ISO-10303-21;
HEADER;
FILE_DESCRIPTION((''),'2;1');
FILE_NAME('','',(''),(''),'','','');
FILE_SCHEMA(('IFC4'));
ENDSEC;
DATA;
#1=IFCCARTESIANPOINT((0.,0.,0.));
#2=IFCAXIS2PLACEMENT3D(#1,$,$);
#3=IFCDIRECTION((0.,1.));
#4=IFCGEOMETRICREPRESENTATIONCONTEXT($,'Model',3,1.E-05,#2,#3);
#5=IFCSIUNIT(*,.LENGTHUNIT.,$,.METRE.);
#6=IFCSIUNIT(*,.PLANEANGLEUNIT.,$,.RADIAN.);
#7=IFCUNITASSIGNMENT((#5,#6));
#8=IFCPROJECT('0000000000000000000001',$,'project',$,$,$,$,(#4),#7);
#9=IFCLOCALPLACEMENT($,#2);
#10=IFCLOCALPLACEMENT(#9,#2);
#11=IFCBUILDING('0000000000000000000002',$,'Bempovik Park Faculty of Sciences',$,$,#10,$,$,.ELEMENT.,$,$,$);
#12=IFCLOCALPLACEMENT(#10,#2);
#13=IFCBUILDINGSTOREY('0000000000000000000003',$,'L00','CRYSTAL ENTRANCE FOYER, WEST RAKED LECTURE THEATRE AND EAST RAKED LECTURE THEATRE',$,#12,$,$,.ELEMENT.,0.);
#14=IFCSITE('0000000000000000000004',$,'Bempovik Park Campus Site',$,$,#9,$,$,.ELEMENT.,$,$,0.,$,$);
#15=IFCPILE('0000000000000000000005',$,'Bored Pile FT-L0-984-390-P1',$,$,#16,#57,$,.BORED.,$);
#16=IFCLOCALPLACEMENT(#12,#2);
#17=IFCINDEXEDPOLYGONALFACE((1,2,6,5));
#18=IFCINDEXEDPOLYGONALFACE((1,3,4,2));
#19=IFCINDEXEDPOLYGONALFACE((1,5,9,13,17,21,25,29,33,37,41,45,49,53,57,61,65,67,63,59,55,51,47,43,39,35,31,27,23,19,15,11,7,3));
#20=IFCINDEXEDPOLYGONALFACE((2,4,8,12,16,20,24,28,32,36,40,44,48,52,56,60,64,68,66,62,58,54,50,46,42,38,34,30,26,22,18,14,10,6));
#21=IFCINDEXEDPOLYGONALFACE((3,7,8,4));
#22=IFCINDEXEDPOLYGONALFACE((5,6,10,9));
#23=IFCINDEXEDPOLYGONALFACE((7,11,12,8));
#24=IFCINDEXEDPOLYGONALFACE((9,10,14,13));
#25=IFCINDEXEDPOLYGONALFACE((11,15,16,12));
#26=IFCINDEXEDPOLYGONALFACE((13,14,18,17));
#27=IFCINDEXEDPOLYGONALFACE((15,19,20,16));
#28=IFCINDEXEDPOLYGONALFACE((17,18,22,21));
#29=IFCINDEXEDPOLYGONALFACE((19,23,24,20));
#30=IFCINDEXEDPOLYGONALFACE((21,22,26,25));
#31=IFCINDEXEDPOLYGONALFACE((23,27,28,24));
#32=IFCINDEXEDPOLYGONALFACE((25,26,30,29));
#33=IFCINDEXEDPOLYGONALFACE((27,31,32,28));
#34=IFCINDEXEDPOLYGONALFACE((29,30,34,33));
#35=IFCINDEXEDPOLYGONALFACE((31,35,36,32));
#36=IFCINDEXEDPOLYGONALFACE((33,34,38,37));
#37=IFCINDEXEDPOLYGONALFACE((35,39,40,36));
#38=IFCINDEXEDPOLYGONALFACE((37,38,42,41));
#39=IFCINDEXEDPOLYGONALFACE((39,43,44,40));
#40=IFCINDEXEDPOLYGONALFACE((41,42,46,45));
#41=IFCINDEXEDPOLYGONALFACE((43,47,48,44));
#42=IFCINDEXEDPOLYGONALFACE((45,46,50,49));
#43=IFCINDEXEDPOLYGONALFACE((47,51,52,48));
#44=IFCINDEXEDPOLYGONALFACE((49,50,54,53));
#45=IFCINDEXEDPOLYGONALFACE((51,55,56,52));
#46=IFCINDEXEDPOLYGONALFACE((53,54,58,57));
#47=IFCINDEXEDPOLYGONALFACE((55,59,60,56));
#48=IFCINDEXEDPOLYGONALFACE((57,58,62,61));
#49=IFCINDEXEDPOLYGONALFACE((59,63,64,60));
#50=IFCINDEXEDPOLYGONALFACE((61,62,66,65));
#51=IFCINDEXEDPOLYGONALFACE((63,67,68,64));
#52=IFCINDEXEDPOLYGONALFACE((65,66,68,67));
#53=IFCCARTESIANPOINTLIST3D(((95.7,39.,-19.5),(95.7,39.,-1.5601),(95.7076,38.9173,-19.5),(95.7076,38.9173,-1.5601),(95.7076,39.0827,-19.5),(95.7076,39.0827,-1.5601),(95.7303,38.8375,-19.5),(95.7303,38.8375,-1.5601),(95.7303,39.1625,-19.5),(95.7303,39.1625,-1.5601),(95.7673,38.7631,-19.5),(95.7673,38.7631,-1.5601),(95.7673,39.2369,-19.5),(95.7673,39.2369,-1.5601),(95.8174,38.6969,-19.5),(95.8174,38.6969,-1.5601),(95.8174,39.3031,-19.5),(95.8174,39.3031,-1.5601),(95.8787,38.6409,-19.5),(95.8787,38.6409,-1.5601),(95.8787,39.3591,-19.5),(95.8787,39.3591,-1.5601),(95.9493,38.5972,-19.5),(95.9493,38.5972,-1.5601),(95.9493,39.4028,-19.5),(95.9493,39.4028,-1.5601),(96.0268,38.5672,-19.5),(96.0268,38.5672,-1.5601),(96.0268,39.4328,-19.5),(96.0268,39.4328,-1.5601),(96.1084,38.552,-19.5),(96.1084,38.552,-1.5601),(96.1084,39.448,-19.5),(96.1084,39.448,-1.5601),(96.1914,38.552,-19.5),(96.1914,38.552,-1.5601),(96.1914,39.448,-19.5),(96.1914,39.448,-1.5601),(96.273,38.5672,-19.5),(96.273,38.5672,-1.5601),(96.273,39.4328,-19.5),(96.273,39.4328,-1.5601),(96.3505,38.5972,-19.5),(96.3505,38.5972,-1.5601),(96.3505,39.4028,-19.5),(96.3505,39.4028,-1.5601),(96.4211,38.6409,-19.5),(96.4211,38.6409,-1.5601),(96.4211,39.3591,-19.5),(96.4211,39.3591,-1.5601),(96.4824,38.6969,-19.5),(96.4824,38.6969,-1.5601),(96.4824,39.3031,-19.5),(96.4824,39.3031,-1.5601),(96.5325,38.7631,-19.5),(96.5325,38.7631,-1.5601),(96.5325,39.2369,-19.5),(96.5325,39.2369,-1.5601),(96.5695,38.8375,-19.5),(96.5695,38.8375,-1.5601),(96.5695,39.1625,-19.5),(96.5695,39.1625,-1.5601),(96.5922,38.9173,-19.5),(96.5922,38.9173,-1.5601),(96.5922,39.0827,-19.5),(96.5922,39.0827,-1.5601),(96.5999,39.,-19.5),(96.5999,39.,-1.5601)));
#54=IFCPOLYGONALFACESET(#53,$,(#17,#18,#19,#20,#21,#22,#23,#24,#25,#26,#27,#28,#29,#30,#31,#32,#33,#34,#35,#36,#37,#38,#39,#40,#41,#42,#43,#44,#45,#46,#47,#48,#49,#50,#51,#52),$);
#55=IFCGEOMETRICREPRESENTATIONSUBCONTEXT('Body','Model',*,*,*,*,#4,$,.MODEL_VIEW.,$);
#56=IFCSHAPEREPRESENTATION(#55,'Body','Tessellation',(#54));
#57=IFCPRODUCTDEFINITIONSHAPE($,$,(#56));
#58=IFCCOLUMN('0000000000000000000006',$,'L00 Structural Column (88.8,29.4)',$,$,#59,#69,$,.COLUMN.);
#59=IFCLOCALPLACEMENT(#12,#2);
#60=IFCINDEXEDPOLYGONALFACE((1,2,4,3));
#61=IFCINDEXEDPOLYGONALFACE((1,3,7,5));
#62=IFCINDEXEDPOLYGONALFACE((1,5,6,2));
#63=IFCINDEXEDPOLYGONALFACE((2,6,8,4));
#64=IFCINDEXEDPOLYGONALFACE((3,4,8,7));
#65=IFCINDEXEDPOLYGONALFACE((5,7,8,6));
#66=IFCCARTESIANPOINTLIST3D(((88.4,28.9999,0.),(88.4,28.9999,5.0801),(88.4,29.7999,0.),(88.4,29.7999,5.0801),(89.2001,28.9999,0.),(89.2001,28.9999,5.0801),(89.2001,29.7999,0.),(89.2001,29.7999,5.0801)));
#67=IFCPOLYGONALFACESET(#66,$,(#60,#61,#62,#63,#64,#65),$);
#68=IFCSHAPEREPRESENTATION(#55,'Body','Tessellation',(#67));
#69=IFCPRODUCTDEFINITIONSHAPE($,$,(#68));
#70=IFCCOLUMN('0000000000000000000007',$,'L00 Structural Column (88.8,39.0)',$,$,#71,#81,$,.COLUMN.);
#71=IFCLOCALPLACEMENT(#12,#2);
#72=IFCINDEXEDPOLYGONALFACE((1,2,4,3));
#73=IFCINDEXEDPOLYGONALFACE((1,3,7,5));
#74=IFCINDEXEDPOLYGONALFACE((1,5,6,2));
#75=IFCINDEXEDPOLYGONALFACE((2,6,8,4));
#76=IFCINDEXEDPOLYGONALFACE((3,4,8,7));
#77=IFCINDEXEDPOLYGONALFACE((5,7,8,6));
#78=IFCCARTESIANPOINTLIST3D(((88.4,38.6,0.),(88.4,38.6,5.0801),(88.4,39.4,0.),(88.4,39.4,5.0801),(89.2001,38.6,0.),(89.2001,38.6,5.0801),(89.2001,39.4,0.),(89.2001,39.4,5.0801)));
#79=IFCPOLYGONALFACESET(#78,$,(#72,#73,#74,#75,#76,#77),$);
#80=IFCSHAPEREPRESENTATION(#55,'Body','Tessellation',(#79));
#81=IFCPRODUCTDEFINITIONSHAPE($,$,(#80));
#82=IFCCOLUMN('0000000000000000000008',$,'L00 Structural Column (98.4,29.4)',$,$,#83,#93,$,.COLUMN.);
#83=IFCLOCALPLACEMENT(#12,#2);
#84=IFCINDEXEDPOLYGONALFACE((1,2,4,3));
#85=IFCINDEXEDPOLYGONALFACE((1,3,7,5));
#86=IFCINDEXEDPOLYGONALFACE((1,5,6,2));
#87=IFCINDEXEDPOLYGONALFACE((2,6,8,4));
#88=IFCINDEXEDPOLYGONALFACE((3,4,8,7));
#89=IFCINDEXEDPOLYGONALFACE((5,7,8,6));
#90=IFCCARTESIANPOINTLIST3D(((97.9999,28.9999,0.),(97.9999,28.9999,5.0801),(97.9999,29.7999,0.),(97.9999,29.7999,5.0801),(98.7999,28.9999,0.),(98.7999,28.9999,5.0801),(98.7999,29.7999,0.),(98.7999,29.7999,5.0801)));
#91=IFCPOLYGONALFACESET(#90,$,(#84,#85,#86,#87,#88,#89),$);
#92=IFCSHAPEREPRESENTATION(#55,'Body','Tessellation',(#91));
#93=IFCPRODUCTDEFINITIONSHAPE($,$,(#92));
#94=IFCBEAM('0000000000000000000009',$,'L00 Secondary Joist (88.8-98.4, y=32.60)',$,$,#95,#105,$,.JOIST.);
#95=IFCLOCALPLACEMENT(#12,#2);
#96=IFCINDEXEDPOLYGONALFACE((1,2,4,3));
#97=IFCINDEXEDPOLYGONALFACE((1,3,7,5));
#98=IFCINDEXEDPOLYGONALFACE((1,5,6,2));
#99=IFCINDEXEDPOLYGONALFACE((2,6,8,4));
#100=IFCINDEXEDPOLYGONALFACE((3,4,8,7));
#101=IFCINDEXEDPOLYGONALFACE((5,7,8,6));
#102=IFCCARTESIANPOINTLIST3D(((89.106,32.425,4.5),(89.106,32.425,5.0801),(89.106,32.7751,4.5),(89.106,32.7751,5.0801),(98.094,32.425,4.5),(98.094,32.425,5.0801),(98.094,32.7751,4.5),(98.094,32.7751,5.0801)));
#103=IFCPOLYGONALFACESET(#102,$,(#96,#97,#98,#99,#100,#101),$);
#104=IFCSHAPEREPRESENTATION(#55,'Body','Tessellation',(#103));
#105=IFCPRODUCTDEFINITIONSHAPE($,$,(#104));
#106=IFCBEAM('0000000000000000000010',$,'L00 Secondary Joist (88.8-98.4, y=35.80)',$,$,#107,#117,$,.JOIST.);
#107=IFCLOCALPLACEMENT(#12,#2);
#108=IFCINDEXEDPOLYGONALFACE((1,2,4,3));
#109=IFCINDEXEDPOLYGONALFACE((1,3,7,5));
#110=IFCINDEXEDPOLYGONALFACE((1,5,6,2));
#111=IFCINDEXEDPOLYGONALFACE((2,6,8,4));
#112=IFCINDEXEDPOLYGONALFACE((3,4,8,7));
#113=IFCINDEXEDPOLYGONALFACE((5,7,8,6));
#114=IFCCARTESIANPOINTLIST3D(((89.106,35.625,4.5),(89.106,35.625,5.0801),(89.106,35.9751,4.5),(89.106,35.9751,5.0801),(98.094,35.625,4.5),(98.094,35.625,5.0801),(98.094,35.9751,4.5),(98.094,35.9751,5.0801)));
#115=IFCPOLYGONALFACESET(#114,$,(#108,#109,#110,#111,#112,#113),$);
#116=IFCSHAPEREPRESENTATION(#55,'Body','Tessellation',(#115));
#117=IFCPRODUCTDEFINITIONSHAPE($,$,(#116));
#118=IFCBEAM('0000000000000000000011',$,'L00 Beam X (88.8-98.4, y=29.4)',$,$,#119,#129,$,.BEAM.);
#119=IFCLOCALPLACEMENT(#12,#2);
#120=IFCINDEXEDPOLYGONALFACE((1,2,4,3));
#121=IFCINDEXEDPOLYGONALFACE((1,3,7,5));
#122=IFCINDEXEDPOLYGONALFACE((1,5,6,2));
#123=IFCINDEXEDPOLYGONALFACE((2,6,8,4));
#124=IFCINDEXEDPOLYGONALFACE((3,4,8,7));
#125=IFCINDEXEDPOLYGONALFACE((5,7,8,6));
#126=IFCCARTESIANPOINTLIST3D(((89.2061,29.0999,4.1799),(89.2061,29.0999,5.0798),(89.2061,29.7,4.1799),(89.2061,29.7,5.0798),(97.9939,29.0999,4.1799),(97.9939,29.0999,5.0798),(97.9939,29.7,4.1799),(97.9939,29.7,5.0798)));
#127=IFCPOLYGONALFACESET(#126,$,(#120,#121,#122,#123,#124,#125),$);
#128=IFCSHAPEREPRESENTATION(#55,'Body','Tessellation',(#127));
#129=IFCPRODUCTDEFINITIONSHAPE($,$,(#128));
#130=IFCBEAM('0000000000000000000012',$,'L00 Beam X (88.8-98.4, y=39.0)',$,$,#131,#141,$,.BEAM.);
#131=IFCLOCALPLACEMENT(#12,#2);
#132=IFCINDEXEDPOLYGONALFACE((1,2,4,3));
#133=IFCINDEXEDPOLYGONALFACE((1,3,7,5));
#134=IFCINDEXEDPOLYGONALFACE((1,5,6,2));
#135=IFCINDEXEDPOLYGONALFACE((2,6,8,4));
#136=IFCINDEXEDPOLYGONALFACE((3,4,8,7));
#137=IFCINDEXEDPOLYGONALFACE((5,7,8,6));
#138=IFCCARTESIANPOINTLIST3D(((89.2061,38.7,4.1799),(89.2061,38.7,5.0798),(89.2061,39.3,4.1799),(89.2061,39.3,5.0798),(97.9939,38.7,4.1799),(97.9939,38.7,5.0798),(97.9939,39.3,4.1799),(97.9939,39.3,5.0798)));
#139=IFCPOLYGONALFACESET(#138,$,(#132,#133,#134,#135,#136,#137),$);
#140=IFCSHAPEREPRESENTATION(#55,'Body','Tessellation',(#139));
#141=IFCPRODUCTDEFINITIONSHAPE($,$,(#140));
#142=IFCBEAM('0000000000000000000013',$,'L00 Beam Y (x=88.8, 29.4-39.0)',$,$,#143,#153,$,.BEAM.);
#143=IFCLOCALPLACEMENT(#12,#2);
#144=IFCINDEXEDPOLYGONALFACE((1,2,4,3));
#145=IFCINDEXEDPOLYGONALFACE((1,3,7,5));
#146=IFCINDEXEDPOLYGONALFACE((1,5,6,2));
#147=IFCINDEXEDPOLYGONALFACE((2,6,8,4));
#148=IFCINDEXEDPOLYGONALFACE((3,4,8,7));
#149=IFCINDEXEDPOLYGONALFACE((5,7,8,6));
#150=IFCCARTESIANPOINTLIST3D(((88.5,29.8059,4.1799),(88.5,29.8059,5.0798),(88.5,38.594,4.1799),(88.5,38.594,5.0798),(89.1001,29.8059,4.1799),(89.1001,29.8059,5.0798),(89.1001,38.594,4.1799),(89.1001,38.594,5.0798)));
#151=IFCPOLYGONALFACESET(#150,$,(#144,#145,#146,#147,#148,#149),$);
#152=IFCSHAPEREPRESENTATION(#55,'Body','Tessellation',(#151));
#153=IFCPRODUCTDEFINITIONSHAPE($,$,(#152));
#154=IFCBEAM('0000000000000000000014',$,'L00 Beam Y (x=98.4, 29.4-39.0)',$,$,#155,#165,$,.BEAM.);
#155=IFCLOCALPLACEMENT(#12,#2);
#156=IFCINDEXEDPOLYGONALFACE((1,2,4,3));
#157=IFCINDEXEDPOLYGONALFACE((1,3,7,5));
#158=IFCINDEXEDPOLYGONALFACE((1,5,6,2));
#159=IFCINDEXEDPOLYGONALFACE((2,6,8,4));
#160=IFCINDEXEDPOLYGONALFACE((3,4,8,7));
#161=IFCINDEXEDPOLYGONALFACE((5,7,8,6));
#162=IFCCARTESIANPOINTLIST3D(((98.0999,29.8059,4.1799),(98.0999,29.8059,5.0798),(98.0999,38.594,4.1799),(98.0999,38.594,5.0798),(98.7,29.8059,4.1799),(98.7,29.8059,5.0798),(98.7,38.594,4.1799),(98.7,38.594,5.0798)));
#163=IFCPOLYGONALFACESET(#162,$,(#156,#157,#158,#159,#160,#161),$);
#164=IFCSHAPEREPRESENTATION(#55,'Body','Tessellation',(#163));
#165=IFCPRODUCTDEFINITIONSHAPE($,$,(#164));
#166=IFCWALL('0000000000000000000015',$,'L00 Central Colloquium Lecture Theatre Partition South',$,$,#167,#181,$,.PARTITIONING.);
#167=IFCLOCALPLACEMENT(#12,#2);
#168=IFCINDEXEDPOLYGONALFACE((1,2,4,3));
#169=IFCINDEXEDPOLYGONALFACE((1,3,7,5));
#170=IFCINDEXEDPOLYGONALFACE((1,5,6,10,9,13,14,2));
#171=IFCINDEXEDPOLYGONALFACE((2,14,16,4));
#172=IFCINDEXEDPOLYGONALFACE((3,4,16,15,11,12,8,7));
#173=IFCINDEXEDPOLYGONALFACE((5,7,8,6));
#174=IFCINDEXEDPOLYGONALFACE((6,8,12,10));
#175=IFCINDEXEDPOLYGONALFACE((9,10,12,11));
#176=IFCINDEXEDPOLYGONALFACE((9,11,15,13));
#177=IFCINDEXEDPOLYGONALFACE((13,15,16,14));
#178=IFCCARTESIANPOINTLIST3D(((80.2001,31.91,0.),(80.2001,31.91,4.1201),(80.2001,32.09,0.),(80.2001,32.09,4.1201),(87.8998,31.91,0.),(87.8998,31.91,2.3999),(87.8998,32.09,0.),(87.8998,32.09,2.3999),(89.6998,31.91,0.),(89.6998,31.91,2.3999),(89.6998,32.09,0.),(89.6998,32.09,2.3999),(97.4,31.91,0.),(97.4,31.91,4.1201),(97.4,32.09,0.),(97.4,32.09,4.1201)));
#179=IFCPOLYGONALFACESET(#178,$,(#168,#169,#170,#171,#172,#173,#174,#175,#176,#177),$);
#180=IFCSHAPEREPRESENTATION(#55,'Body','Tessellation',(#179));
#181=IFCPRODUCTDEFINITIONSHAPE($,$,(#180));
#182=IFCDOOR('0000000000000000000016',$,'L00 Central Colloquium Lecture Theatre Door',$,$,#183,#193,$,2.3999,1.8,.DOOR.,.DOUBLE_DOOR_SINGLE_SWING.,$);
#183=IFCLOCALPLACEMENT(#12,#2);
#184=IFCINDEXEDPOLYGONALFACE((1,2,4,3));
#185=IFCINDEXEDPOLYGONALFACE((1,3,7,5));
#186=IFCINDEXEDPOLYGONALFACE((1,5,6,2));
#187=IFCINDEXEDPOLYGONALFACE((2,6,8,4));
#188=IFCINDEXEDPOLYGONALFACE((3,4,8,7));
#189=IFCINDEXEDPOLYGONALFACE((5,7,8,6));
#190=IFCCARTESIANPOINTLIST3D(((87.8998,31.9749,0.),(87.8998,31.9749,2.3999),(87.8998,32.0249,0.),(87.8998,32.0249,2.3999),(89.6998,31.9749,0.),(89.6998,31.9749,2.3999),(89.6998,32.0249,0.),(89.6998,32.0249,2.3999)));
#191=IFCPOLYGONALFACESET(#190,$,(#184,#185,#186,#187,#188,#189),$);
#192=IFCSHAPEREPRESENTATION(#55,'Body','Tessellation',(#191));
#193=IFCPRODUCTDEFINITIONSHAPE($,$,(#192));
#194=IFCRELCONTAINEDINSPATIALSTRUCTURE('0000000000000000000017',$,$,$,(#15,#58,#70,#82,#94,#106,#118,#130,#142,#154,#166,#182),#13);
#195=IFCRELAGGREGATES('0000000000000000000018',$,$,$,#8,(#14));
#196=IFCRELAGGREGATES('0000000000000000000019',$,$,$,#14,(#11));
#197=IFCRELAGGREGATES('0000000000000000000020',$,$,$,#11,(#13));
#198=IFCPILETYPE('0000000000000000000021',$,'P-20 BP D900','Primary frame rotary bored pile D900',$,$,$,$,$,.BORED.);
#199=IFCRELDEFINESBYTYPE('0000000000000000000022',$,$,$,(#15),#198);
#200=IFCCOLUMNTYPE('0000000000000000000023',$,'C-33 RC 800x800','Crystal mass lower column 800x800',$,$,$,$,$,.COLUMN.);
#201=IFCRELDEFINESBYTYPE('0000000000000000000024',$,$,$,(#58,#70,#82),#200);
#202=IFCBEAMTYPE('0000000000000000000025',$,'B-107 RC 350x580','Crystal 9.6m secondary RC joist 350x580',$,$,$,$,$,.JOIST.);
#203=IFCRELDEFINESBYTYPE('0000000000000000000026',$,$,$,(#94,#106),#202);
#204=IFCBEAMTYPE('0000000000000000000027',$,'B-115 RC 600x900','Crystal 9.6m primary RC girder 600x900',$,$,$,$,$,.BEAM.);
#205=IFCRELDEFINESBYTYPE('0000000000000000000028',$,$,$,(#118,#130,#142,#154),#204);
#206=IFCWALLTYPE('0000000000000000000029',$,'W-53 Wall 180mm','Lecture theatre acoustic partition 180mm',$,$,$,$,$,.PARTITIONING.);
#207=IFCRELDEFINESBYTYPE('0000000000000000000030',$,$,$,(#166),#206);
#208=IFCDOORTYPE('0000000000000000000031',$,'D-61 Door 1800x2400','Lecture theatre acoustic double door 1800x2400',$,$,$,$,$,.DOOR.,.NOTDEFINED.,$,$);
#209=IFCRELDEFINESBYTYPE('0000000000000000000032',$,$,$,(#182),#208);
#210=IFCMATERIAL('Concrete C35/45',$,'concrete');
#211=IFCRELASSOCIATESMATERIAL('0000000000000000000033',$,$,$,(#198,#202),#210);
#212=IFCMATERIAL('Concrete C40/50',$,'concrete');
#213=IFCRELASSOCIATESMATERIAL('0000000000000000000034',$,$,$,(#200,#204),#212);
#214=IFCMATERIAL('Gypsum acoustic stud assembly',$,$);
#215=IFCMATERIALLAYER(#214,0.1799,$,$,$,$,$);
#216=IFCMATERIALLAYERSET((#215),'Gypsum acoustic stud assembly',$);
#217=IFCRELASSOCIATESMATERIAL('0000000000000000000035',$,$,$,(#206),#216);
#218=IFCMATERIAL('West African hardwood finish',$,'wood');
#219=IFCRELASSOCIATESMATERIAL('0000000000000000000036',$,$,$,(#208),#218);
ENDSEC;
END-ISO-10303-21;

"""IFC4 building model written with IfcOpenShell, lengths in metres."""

from ifc_helpers import new_model, si_unit, direction, frame, frame_2d, origin, origin_2d, place, context, subcontext, project, spatial, rectangle, circle, extrude, material, layer, layer_set, material_profile, profile_set, type_object, element, fill, save


model = new_model("IFC4")

# Units and contexts
model_context = context("Model", 3, precision=1e-05, world=origin(), true_north=direction((0.0, 1.0)))
body_context = subcontext(model_context, "Body", "Model", "MODEL_VIEW")
ifc_project = project(units=[si_unit("LENGTHUNIT", "METRE"), si_unit("PLANEANGLEUNIT", "RADIAN")], contexts=[model_context])

# Site, building, storey
site_placement = place(None, origin())
site = spatial("IfcSite", under=ifc_project, at=site_placement, Name="Bempovik Park Campus Site", CompositionType="ELEMENT", RefElevation=0.0)
building_placement = place(site_placement, origin())
building = spatial("IfcBuilding", under=site, at=building_placement, Name="Bempovik Park Faculty of Sciences", CompositionType="ELEMENT")
storey_placement = place(building_placement, origin())
storey = spatial("IfcBuildingStorey", under=building, at=storey_placement, Name="L00", Description="CRYSTAL ENTRANCE FOYER, WEST RAKED LECTURE THEATRE AND EAST RAKED LECTURE THEATRE", CompositionType="ELEMENT", Elevation=0.0)

# Shared definitions
ifc_material_1 = material(Name="Concrete C35/45", Category="concrete")

# Pile
ifc_material_profile_1 = material_profile(ifc_material_1, circle(Radius=0.45, at=origin_2d()), Name="BP D900")
ifc_profile_set_1 = profile_set([ifc_material_profile_1], Name="Concrete C35/45")
pile_type = type_object("IfcPileType", Name="P-20 BP D900", Description="Primary frame rotary bored pile D900", PredefinedType="BORED", material=ifc_profile_set_1)
for number, where, z_axis, x_axis, name in (
    (1, (96.1499, 39.0, -1.5601), (0.0, 0.0, -1.0), (1.0, 0.0, 0.0), "Bored Pile FT-L0-984-390-P1"),
):
    element("IfcPile", number, at=place(storey_placement, frame(where, z_axis=z_axis, x_axis=x_axis)), inside=storey, type_object=pile_type, Name=name, PredefinedType="BORED", context=body_context, shape_type="SweptSolid", body=[
        extrude(circle(Radius=0.45, at=origin_2d()), origin(), (0.0, 0.0, 1.0), 17.9399),
    ])

# Columns
ifc_material_2 = material(Name="Concrete C40/50", Category="concrete")
ifc_material_profile_2 = material_profile(ifc_material_2, rectangle(XDim=0.8, YDim=0.8, at=origin_2d()), Name="RC 800x800")
ifc_profile_set_2 = profile_set([ifc_material_profile_2], Name="Concrete C40/50")
column_type = type_object("IfcColumnType", Name="C-33 RC 800x800", Description="Crystal mass lower column 800x800", PredefinedType="COLUMN", material=ifc_profile_set_2)
for number, where, z_axis, x_axis, name in (
    (2, (88.8, 29.3999, 0.0), (0.0, 0.0, 1.0), (1.0, 0.0, 0.0), "L00 Structural Column (88.8,29.4)"),
    (3, (88.8, 39.0, 0.0), (0.0, 0.0, 1.0), (1.0, 0.0, 0.0), "L00 Structural Column (88.8,39.0)"),
    (4, (98.3999, 29.3999, 0.0), (0.0, 0.0, 1.0), (1.0, 0.0, 0.0), "L00 Structural Column (98.4,29.4)"),
):
    element("IfcColumn", number, at=place(storey_placement, frame(where, z_axis=z_axis, x_axis=x_axis)), inside=storey, type_object=column_type, Name=name, PredefinedType="COLUMN", context=body_context, shape_type="SweptSolid", body=[
        extrude(rectangle(XDim=0.8, YDim=0.8, at=origin_2d()), origin(), (0.0, 0.0, 1.0), 5.0801),
    ])

# Beams
ifc_material_profile_3 = material_profile(ifc_material_1, rectangle(XDim=0.3501, YDim=0.5801, at=origin_2d()), Name="RC 350x580")
ifc_profile_set_3 = profile_set([ifc_material_profile_3], Name="Concrete C35/45")
beam_type_1 = type_object("IfcBeamType", Name="B-107 RC 350x580", Description="Crystal 9.6m secondary RC joist 350x580", PredefinedType="JOIST", material=ifc_profile_set_3)
for number, where, z_axis, x_axis, name in (
    (5, (89.106, 32.6001, 4.79), (1.0, 0.0, 0.0), (0.0, 1.0, 0.0), "L00 Secondary Joist (88.8-98.4, y=32.60)"),
    (6, (89.106, 35.8, 4.79), (1.0, 0.0, 0.0), (0.0, 1.0, 0.0), "L00 Secondary Joist (88.8-98.4, y=35.80)"),
):
    element("IfcBeam", number, at=place(storey_placement, frame(where, z_axis=z_axis, x_axis=x_axis)), inside=storey, type_object=beam_type_1, Name=name, PredefinedType="JOIST", context=body_context, shape_type="SweptSolid", body=[
        extrude(rectangle(XDim=0.3501, YDim=0.5801, at=origin_2d()), origin(), (0.0, 0.0, 1.0), 8.988),
    ])
ifc_material_profile_4 = material_profile(ifc_material_2, rectangle(XDim=0.6001, YDim=0.8999, at=origin_2d()), Name="RC 600x900")
ifc_profile_set_4 = profile_set([ifc_material_profile_4], Name="Concrete C40/50")
beam_type_2 = type_object("IfcBeamType", Name="B-115 RC 600x900", Description="Crystal 9.6m primary RC girder 600x900", PredefinedType="BEAM", material=ifc_profile_set_4)
for number, where, z_axis, x_axis, name in (
    (7, (89.2061, 29.3999, 4.6299), (1.0, 0.0, 0.0), (0.0, 1.0, 0.0), "L00 Beam X (88.8-98.4, y=29.4)"),
    (8, (89.2061, 39.0, 4.6299), (1.0, 0.0, 0.0), (0.0, 1.0, 0.0), "L00 Beam X (88.8-98.4, y=39.0)"),
):
    element("IfcBeam", number, at=place(storey_placement, frame(where, z_axis=z_axis, x_axis=x_axis)), inside=storey, type_object=beam_type_2, Name=name, PredefinedType="BEAM", context=body_context, shape_type="SweptSolid", body=[
        extrude(rectangle(XDim=0.6001, YDim=0.8999, at=origin_2d()), origin(), (0.0, 0.0, 1.0), 8.7878),
    ])
for number, where, z_axis, x_axis, name in (
    (9, (88.8, 29.8059, 4.6299), (0.0, 1.0, 0.0), (-1.0, 0.0, 0.0), "L00 Beam Y (x=88.8, 29.4-39.0)"),
    (10, (98.3999, 29.8059, 4.6299), (0.0, 1.0, 0.0), (-1.0, 0.0, 0.0), "L00 Beam Y (x=98.4, 29.4-39.0)"),
):
    element("IfcBeam", number, at=place(storey_placement, frame(where, z_axis=z_axis, x_axis=x_axis)), inside=storey, type_object=beam_type_2, Name=name, PredefinedType="BEAM", context=body_context, shape_type="SweptSolid", body=[
        extrude(rectangle(XDim=0.6001, YDim=0.8999, at=origin_2d()), origin(), (0.0, 0.0, 1.0), 8.7881),
    ])

# Wall, opening, door
ifc_material_3 = material(Name="Gypsum acoustic stud assembly")
ifc_layer = layer(ifc_material_3, 0.1799)
ifc_layer_set = layer_set([ifc_layer], Name="Gypsum acoustic stud assembly")
wall_type = type_object("IfcWallType", Name="W-53 Wall 180mm", Description="Lecture theatre acoustic partition 180mm", PredefinedType="PARTITIONING", material=ifc_layer_set)
wall_placement = place(storey_placement, frame((80.2, 32.0, 0.0), z_axis=(0.0, 0.0, 1.0), x_axis=(1.0, 0.0, 0.0)))
wall = element("IfcWall", 11, at=wall_placement, inside=storey, type_object=wall_type, Name="L00 Central Colloquium Lecture Theatre Partition South", PredefinedType="PARTITIONING", context=body_context, shape_type="SweptSolid", body=[
    extrude(rectangle(XDim=17.2, YDim=0.1799, at=frame_2d((8.6001, 0.0))), origin(), (0.0, 0.0, 1.0), 4.1201),
])
opening_placement = place(wall_placement, frame((7.7, 0.0, 0.0)))
opening = element("IfcOpeningElement", 12, at=opening_placement, cuts=wall, PredefinedType="OPENING", context=body_context, shape_type="SweptSolid", body=[
    extrude(rectangle(XDim=1.8, YDim=2.3999, at=frame_2d((0.8999, 1.2))), frame((0.0, 0.1001, 0.0), z_axis=(0.0, -1.0, 0.0), x_axis=(1.0, 0.0, 0.0)), (0.0, 0.0, 1.0), 0.2),
])
ifc_material_4 = material(Name="West African hardwood finish", Category="wood")
door_type = type_object("IfcDoorType", Name="D-61 Door 1800x2400", Description="Lecture theatre acoustic double door 1800x2400", OperationType="NOTDEFINED", PredefinedType="DOOR", material=ifc_material_4)
door_placement = place(opening_placement, origin())
door = element("IfcDoor", 13, at=door_placement, inside=storey, type_object=door_type, Name="L00 Central Colloquium Lecture Theatre Door", OperationType="DOUBLE_DOOR_SINGLE_SWING", OverallHeight=2.3999, OverallWidth=1.8, PredefinedType="DOOR", context=body_context, shape_type="SweptSolid", body=[
    extrude(rectangle(XDim=1.8, YDim=2.3999, at=frame_2d((0.8999, 1.2))), frame((0.0, 0.0249, 0.0), z_axis=(0.0, -1.0, 0.0), x_axis=(1.0, 0.0, 0.0)), (0.0, 0.0, 1.0), 0.05),
])
fill(opening, door)

save(model, "model.ifc")
